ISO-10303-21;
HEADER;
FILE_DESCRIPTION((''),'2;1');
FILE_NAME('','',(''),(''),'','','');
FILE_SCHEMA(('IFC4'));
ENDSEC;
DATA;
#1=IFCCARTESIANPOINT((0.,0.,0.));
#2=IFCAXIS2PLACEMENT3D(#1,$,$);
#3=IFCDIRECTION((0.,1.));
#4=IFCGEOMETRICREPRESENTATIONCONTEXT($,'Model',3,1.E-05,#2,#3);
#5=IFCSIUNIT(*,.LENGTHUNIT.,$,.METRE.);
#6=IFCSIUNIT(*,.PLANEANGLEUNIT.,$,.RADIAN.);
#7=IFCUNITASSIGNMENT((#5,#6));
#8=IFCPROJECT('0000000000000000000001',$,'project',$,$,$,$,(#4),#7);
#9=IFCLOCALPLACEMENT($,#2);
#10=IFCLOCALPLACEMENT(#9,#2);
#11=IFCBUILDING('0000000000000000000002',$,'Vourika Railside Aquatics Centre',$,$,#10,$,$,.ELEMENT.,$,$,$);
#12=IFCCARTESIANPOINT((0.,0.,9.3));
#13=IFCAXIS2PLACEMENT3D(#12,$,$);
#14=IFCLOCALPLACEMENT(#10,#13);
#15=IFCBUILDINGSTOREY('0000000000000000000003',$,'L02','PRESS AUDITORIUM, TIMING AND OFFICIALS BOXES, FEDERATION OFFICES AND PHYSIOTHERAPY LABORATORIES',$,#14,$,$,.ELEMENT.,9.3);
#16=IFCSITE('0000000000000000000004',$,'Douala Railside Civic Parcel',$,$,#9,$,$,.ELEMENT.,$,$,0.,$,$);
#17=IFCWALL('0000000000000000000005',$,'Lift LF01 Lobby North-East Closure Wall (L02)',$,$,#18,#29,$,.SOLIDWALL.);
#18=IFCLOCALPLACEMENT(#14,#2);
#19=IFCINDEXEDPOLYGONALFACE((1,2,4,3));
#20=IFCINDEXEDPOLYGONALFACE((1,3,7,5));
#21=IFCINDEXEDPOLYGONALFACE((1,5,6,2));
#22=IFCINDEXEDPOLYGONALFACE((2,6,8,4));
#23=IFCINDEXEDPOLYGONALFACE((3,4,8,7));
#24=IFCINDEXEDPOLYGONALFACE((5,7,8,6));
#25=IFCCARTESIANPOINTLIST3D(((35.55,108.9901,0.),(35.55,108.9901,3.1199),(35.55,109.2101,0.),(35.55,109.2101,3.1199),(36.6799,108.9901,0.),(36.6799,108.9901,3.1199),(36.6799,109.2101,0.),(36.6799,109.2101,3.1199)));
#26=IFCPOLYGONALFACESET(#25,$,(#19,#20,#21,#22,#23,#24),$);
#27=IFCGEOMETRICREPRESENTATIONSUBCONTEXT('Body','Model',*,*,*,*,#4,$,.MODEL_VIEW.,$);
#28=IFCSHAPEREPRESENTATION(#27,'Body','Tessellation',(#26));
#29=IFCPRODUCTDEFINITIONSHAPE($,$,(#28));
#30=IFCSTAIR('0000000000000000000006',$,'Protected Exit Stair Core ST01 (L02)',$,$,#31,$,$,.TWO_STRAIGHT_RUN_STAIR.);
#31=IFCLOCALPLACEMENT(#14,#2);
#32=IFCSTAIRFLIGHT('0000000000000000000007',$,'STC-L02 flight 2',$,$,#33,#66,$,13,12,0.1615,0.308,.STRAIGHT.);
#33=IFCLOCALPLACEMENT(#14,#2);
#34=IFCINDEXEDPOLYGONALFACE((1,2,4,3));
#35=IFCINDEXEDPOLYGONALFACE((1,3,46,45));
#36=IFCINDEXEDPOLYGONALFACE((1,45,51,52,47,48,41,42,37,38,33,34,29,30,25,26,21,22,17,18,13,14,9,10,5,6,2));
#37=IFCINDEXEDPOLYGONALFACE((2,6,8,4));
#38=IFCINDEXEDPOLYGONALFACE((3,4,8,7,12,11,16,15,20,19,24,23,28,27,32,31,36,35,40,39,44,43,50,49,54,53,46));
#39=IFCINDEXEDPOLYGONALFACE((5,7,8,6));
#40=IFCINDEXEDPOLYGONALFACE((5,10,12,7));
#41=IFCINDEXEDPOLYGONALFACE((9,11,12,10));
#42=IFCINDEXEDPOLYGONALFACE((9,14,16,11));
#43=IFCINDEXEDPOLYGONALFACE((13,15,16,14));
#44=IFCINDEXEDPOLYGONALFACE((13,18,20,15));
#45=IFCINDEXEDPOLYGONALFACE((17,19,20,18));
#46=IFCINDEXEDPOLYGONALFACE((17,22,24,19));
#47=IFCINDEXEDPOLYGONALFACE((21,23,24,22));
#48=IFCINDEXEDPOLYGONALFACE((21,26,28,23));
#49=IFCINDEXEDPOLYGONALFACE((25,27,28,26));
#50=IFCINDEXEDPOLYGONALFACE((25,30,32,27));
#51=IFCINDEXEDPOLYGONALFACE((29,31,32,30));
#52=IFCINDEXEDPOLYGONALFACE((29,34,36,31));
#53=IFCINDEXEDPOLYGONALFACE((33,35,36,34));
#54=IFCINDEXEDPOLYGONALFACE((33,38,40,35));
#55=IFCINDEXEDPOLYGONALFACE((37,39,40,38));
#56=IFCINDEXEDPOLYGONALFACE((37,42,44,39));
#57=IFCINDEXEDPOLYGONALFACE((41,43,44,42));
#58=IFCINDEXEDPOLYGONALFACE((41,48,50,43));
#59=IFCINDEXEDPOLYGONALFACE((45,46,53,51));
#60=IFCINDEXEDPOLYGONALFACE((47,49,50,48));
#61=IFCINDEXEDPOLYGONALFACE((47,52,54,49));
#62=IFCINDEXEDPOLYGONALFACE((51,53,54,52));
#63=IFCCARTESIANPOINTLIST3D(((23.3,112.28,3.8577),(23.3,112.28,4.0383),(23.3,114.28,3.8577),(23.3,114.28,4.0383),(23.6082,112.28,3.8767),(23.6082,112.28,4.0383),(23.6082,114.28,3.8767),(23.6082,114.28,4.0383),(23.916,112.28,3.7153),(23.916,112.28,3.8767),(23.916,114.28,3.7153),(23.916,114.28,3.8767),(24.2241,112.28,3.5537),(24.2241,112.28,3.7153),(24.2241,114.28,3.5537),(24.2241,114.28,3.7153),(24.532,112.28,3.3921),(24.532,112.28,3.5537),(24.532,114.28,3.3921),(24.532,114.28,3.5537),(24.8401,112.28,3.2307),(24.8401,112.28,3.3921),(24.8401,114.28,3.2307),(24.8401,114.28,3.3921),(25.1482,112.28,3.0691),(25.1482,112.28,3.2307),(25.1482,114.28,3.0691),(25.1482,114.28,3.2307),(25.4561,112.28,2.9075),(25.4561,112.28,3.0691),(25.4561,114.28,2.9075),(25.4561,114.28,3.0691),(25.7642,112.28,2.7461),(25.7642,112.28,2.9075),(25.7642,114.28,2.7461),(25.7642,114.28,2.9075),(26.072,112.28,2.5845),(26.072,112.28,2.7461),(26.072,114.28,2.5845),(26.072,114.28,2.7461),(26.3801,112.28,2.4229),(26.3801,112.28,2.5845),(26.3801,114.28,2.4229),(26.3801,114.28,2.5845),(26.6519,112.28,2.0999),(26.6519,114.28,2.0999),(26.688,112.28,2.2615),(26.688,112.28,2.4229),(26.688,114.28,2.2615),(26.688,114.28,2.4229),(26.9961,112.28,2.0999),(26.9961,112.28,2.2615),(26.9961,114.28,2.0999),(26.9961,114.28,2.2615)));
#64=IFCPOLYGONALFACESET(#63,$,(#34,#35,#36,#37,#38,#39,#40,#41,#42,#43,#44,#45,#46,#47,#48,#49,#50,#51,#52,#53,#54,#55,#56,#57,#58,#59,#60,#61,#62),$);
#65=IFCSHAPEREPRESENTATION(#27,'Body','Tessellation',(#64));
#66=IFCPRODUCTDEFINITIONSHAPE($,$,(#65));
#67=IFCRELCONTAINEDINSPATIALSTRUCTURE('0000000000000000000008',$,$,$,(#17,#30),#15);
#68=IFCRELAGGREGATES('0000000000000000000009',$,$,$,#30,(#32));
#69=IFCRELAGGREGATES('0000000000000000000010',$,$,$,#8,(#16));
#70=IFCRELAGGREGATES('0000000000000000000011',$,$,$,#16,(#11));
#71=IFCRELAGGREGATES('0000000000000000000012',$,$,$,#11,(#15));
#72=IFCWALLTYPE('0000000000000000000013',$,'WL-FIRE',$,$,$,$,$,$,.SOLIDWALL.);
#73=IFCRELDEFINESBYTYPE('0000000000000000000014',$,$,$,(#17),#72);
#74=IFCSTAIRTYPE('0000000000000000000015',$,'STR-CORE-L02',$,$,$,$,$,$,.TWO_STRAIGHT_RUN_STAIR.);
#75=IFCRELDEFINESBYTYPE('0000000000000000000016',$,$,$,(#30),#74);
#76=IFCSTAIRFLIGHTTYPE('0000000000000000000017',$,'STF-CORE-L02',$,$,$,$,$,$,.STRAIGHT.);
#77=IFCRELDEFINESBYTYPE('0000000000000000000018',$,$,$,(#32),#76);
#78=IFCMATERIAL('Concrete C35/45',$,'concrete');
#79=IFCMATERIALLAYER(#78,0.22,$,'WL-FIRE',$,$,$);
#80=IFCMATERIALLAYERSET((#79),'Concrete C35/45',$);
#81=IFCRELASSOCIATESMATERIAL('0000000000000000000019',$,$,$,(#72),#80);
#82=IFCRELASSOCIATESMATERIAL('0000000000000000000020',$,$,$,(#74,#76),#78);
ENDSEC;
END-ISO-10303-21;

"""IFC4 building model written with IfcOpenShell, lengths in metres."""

from ifc_helpers import new_model, si_unit, direction, frame, frame_2d, origin, place, context, subcontext, project, spatial, polyline, rectangle, outline, extrude, material, layer, layer_set, type_object, element, aggregate, save


model = new_model("IFC4")

# Units and contexts
model_context = context("Model", 3, precision=1e-05, world=origin(), true_north=direction((0.0, 1.0)))
body_context = subcontext(model_context, "Body", "Model", "MODEL_VIEW")
ifc_project = project(units=[si_unit("LENGTHUNIT", "METRE"), si_unit("PLANEANGLEUNIT", "RADIAN")], contexts=[model_context])

# Site, building, storey
site_placement = place(None, origin())
site = spatial("IfcSite", under=ifc_project, at=site_placement, Name="Douala Railside Civic Parcel", CompositionType="ELEMENT", RefElevation=0.0)
building_placement = place(site_placement, origin())
building = spatial("IfcBuilding", under=site, at=building_placement, Name="Vourika Railside Aquatics Centre", CompositionType="ELEMENT")
storey_placement = place(building_placement, frame((0.0, 0.0, 9.3)))
storey = spatial("IfcBuildingStorey", under=building, at=storey_placement, Name="L02", Description="PRESS AUDITORIUM, TIMING AND OFFICIALS BOXES, FEDERATION OFFICES AND PHYSIOTHERAPY LABORATORIES", CompositionType="ELEMENT", Elevation=9.3)

# Shared definitions
ifc_material_1 = material(Name="Concrete C35/45", Category="concrete")

# Shared definitions
ifc_layer_1 = layer(ifc_material_1, 0.22, Name="WL-FIRE")
ifc_layer_set_1 = layer_set([ifc_layer_1], Name="Concrete C35/45")
wall_type_1 = type_object("IfcWallType", Name="WL-FIRE", PredefinedType="SOLIDWALL", material=ifc_layer_set_1)

# Wall
wall_1_placement = place(storey_placement, frame((35.55, 109.1001, 0.0), z_axis=(0.0, 0.0, 1.0), x_axis=(1.0, 0.0, 0.0)))
element("IfcWall", 1, at=wall_1_placement, inside=storey, type_object=wall_type_1, Name="Lift LF01 Lobby North-East Closure Wall (L02)", PredefinedType="SOLIDWALL", context=body_context, shape_type="SweptSolid", body=[
    extrude(rectangle(XDim=1.1299, YDim=0.22, at=frame_2d((0.5649, 0.0))), origin(), (0.0, 0.0, 1.0), 3.1199),
])

# Stair, stair flight
stair_type = type_object("IfcStairType", Name="STR-CORE-L02", PredefinedType="TWO_STRAIGHT_RUN_STAIR", material=ifc_material_1)
stair_placement = place(storey_placement, origin())
stair = element("IfcStair", 2, at=stair_placement, inside=storey, type_object=stair_type, Name="Protected Exit Stair Core ST01 (L02)", PredefinedType="TWO_STRAIGHT_RUN_STAIR")
stair_flight_type = type_object("IfcStairFlightType", Name="STF-CORE-L02", PredefinedType="STRAIGHT", material=ifc_material_1)
stair_flight_placement = place(storey_placement, frame((26.9961, 113.28, 2.0999), z_axis=(0.0, 0.0, 1.0), x_axis=(-1.0, 0.0, 0.0)))
stair_flight = element("IfcStairFlight", 3, at=stair_flight_placement, type_object=stair_flight_type, Name="STC-L02 flight 2", NumberOfRisers=13, NumberOfTreads=12, PredefinedType="STRAIGHT", RiserHeight=0.1615, TreadLength=0.308, context=body_context, shape_type="SweptSolid", body=[
    extrude(outline(polyline([(0.0, 0.0), (0.0, 0.1616), (0.3081, 0.1616), (0.3081, 0.323), (0.616, 0.323), (0.616, 0.4846), (0.9241, 0.4846), (0.9241, 0.6462), (1.2319, 0.6462), (1.2319, 0.8076), (1.54, 0.8076), (1.54, 0.9692), (1.8479, 0.9692), (1.8479, 1.1309), (2.156, 1.1309), (2.156, 1.2922), (2.4641, 1.2922), (2.4641, 1.4539), (2.772, 1.4539), (2.772, 1.6155), (3.0801, 1.6155), (3.0801, 1.7769), (3.3879, 1.7769), (3.3879, 1.9385), (3.696, 1.9385), (3.696, 2.1001), (3.696, 1.7578), (0.3442, 0.0), (0.0, 0.0)])), frame((0.0, 1.0, 0.0), z_axis=(0.0, -1.0, 0.0), x_axis=(1.0, 0.0, 0.0)), (0.0, 0.0, 1.0), 2.0),
])
aggregate(stair, [stair_flight])

save(model, "model.ifc")
